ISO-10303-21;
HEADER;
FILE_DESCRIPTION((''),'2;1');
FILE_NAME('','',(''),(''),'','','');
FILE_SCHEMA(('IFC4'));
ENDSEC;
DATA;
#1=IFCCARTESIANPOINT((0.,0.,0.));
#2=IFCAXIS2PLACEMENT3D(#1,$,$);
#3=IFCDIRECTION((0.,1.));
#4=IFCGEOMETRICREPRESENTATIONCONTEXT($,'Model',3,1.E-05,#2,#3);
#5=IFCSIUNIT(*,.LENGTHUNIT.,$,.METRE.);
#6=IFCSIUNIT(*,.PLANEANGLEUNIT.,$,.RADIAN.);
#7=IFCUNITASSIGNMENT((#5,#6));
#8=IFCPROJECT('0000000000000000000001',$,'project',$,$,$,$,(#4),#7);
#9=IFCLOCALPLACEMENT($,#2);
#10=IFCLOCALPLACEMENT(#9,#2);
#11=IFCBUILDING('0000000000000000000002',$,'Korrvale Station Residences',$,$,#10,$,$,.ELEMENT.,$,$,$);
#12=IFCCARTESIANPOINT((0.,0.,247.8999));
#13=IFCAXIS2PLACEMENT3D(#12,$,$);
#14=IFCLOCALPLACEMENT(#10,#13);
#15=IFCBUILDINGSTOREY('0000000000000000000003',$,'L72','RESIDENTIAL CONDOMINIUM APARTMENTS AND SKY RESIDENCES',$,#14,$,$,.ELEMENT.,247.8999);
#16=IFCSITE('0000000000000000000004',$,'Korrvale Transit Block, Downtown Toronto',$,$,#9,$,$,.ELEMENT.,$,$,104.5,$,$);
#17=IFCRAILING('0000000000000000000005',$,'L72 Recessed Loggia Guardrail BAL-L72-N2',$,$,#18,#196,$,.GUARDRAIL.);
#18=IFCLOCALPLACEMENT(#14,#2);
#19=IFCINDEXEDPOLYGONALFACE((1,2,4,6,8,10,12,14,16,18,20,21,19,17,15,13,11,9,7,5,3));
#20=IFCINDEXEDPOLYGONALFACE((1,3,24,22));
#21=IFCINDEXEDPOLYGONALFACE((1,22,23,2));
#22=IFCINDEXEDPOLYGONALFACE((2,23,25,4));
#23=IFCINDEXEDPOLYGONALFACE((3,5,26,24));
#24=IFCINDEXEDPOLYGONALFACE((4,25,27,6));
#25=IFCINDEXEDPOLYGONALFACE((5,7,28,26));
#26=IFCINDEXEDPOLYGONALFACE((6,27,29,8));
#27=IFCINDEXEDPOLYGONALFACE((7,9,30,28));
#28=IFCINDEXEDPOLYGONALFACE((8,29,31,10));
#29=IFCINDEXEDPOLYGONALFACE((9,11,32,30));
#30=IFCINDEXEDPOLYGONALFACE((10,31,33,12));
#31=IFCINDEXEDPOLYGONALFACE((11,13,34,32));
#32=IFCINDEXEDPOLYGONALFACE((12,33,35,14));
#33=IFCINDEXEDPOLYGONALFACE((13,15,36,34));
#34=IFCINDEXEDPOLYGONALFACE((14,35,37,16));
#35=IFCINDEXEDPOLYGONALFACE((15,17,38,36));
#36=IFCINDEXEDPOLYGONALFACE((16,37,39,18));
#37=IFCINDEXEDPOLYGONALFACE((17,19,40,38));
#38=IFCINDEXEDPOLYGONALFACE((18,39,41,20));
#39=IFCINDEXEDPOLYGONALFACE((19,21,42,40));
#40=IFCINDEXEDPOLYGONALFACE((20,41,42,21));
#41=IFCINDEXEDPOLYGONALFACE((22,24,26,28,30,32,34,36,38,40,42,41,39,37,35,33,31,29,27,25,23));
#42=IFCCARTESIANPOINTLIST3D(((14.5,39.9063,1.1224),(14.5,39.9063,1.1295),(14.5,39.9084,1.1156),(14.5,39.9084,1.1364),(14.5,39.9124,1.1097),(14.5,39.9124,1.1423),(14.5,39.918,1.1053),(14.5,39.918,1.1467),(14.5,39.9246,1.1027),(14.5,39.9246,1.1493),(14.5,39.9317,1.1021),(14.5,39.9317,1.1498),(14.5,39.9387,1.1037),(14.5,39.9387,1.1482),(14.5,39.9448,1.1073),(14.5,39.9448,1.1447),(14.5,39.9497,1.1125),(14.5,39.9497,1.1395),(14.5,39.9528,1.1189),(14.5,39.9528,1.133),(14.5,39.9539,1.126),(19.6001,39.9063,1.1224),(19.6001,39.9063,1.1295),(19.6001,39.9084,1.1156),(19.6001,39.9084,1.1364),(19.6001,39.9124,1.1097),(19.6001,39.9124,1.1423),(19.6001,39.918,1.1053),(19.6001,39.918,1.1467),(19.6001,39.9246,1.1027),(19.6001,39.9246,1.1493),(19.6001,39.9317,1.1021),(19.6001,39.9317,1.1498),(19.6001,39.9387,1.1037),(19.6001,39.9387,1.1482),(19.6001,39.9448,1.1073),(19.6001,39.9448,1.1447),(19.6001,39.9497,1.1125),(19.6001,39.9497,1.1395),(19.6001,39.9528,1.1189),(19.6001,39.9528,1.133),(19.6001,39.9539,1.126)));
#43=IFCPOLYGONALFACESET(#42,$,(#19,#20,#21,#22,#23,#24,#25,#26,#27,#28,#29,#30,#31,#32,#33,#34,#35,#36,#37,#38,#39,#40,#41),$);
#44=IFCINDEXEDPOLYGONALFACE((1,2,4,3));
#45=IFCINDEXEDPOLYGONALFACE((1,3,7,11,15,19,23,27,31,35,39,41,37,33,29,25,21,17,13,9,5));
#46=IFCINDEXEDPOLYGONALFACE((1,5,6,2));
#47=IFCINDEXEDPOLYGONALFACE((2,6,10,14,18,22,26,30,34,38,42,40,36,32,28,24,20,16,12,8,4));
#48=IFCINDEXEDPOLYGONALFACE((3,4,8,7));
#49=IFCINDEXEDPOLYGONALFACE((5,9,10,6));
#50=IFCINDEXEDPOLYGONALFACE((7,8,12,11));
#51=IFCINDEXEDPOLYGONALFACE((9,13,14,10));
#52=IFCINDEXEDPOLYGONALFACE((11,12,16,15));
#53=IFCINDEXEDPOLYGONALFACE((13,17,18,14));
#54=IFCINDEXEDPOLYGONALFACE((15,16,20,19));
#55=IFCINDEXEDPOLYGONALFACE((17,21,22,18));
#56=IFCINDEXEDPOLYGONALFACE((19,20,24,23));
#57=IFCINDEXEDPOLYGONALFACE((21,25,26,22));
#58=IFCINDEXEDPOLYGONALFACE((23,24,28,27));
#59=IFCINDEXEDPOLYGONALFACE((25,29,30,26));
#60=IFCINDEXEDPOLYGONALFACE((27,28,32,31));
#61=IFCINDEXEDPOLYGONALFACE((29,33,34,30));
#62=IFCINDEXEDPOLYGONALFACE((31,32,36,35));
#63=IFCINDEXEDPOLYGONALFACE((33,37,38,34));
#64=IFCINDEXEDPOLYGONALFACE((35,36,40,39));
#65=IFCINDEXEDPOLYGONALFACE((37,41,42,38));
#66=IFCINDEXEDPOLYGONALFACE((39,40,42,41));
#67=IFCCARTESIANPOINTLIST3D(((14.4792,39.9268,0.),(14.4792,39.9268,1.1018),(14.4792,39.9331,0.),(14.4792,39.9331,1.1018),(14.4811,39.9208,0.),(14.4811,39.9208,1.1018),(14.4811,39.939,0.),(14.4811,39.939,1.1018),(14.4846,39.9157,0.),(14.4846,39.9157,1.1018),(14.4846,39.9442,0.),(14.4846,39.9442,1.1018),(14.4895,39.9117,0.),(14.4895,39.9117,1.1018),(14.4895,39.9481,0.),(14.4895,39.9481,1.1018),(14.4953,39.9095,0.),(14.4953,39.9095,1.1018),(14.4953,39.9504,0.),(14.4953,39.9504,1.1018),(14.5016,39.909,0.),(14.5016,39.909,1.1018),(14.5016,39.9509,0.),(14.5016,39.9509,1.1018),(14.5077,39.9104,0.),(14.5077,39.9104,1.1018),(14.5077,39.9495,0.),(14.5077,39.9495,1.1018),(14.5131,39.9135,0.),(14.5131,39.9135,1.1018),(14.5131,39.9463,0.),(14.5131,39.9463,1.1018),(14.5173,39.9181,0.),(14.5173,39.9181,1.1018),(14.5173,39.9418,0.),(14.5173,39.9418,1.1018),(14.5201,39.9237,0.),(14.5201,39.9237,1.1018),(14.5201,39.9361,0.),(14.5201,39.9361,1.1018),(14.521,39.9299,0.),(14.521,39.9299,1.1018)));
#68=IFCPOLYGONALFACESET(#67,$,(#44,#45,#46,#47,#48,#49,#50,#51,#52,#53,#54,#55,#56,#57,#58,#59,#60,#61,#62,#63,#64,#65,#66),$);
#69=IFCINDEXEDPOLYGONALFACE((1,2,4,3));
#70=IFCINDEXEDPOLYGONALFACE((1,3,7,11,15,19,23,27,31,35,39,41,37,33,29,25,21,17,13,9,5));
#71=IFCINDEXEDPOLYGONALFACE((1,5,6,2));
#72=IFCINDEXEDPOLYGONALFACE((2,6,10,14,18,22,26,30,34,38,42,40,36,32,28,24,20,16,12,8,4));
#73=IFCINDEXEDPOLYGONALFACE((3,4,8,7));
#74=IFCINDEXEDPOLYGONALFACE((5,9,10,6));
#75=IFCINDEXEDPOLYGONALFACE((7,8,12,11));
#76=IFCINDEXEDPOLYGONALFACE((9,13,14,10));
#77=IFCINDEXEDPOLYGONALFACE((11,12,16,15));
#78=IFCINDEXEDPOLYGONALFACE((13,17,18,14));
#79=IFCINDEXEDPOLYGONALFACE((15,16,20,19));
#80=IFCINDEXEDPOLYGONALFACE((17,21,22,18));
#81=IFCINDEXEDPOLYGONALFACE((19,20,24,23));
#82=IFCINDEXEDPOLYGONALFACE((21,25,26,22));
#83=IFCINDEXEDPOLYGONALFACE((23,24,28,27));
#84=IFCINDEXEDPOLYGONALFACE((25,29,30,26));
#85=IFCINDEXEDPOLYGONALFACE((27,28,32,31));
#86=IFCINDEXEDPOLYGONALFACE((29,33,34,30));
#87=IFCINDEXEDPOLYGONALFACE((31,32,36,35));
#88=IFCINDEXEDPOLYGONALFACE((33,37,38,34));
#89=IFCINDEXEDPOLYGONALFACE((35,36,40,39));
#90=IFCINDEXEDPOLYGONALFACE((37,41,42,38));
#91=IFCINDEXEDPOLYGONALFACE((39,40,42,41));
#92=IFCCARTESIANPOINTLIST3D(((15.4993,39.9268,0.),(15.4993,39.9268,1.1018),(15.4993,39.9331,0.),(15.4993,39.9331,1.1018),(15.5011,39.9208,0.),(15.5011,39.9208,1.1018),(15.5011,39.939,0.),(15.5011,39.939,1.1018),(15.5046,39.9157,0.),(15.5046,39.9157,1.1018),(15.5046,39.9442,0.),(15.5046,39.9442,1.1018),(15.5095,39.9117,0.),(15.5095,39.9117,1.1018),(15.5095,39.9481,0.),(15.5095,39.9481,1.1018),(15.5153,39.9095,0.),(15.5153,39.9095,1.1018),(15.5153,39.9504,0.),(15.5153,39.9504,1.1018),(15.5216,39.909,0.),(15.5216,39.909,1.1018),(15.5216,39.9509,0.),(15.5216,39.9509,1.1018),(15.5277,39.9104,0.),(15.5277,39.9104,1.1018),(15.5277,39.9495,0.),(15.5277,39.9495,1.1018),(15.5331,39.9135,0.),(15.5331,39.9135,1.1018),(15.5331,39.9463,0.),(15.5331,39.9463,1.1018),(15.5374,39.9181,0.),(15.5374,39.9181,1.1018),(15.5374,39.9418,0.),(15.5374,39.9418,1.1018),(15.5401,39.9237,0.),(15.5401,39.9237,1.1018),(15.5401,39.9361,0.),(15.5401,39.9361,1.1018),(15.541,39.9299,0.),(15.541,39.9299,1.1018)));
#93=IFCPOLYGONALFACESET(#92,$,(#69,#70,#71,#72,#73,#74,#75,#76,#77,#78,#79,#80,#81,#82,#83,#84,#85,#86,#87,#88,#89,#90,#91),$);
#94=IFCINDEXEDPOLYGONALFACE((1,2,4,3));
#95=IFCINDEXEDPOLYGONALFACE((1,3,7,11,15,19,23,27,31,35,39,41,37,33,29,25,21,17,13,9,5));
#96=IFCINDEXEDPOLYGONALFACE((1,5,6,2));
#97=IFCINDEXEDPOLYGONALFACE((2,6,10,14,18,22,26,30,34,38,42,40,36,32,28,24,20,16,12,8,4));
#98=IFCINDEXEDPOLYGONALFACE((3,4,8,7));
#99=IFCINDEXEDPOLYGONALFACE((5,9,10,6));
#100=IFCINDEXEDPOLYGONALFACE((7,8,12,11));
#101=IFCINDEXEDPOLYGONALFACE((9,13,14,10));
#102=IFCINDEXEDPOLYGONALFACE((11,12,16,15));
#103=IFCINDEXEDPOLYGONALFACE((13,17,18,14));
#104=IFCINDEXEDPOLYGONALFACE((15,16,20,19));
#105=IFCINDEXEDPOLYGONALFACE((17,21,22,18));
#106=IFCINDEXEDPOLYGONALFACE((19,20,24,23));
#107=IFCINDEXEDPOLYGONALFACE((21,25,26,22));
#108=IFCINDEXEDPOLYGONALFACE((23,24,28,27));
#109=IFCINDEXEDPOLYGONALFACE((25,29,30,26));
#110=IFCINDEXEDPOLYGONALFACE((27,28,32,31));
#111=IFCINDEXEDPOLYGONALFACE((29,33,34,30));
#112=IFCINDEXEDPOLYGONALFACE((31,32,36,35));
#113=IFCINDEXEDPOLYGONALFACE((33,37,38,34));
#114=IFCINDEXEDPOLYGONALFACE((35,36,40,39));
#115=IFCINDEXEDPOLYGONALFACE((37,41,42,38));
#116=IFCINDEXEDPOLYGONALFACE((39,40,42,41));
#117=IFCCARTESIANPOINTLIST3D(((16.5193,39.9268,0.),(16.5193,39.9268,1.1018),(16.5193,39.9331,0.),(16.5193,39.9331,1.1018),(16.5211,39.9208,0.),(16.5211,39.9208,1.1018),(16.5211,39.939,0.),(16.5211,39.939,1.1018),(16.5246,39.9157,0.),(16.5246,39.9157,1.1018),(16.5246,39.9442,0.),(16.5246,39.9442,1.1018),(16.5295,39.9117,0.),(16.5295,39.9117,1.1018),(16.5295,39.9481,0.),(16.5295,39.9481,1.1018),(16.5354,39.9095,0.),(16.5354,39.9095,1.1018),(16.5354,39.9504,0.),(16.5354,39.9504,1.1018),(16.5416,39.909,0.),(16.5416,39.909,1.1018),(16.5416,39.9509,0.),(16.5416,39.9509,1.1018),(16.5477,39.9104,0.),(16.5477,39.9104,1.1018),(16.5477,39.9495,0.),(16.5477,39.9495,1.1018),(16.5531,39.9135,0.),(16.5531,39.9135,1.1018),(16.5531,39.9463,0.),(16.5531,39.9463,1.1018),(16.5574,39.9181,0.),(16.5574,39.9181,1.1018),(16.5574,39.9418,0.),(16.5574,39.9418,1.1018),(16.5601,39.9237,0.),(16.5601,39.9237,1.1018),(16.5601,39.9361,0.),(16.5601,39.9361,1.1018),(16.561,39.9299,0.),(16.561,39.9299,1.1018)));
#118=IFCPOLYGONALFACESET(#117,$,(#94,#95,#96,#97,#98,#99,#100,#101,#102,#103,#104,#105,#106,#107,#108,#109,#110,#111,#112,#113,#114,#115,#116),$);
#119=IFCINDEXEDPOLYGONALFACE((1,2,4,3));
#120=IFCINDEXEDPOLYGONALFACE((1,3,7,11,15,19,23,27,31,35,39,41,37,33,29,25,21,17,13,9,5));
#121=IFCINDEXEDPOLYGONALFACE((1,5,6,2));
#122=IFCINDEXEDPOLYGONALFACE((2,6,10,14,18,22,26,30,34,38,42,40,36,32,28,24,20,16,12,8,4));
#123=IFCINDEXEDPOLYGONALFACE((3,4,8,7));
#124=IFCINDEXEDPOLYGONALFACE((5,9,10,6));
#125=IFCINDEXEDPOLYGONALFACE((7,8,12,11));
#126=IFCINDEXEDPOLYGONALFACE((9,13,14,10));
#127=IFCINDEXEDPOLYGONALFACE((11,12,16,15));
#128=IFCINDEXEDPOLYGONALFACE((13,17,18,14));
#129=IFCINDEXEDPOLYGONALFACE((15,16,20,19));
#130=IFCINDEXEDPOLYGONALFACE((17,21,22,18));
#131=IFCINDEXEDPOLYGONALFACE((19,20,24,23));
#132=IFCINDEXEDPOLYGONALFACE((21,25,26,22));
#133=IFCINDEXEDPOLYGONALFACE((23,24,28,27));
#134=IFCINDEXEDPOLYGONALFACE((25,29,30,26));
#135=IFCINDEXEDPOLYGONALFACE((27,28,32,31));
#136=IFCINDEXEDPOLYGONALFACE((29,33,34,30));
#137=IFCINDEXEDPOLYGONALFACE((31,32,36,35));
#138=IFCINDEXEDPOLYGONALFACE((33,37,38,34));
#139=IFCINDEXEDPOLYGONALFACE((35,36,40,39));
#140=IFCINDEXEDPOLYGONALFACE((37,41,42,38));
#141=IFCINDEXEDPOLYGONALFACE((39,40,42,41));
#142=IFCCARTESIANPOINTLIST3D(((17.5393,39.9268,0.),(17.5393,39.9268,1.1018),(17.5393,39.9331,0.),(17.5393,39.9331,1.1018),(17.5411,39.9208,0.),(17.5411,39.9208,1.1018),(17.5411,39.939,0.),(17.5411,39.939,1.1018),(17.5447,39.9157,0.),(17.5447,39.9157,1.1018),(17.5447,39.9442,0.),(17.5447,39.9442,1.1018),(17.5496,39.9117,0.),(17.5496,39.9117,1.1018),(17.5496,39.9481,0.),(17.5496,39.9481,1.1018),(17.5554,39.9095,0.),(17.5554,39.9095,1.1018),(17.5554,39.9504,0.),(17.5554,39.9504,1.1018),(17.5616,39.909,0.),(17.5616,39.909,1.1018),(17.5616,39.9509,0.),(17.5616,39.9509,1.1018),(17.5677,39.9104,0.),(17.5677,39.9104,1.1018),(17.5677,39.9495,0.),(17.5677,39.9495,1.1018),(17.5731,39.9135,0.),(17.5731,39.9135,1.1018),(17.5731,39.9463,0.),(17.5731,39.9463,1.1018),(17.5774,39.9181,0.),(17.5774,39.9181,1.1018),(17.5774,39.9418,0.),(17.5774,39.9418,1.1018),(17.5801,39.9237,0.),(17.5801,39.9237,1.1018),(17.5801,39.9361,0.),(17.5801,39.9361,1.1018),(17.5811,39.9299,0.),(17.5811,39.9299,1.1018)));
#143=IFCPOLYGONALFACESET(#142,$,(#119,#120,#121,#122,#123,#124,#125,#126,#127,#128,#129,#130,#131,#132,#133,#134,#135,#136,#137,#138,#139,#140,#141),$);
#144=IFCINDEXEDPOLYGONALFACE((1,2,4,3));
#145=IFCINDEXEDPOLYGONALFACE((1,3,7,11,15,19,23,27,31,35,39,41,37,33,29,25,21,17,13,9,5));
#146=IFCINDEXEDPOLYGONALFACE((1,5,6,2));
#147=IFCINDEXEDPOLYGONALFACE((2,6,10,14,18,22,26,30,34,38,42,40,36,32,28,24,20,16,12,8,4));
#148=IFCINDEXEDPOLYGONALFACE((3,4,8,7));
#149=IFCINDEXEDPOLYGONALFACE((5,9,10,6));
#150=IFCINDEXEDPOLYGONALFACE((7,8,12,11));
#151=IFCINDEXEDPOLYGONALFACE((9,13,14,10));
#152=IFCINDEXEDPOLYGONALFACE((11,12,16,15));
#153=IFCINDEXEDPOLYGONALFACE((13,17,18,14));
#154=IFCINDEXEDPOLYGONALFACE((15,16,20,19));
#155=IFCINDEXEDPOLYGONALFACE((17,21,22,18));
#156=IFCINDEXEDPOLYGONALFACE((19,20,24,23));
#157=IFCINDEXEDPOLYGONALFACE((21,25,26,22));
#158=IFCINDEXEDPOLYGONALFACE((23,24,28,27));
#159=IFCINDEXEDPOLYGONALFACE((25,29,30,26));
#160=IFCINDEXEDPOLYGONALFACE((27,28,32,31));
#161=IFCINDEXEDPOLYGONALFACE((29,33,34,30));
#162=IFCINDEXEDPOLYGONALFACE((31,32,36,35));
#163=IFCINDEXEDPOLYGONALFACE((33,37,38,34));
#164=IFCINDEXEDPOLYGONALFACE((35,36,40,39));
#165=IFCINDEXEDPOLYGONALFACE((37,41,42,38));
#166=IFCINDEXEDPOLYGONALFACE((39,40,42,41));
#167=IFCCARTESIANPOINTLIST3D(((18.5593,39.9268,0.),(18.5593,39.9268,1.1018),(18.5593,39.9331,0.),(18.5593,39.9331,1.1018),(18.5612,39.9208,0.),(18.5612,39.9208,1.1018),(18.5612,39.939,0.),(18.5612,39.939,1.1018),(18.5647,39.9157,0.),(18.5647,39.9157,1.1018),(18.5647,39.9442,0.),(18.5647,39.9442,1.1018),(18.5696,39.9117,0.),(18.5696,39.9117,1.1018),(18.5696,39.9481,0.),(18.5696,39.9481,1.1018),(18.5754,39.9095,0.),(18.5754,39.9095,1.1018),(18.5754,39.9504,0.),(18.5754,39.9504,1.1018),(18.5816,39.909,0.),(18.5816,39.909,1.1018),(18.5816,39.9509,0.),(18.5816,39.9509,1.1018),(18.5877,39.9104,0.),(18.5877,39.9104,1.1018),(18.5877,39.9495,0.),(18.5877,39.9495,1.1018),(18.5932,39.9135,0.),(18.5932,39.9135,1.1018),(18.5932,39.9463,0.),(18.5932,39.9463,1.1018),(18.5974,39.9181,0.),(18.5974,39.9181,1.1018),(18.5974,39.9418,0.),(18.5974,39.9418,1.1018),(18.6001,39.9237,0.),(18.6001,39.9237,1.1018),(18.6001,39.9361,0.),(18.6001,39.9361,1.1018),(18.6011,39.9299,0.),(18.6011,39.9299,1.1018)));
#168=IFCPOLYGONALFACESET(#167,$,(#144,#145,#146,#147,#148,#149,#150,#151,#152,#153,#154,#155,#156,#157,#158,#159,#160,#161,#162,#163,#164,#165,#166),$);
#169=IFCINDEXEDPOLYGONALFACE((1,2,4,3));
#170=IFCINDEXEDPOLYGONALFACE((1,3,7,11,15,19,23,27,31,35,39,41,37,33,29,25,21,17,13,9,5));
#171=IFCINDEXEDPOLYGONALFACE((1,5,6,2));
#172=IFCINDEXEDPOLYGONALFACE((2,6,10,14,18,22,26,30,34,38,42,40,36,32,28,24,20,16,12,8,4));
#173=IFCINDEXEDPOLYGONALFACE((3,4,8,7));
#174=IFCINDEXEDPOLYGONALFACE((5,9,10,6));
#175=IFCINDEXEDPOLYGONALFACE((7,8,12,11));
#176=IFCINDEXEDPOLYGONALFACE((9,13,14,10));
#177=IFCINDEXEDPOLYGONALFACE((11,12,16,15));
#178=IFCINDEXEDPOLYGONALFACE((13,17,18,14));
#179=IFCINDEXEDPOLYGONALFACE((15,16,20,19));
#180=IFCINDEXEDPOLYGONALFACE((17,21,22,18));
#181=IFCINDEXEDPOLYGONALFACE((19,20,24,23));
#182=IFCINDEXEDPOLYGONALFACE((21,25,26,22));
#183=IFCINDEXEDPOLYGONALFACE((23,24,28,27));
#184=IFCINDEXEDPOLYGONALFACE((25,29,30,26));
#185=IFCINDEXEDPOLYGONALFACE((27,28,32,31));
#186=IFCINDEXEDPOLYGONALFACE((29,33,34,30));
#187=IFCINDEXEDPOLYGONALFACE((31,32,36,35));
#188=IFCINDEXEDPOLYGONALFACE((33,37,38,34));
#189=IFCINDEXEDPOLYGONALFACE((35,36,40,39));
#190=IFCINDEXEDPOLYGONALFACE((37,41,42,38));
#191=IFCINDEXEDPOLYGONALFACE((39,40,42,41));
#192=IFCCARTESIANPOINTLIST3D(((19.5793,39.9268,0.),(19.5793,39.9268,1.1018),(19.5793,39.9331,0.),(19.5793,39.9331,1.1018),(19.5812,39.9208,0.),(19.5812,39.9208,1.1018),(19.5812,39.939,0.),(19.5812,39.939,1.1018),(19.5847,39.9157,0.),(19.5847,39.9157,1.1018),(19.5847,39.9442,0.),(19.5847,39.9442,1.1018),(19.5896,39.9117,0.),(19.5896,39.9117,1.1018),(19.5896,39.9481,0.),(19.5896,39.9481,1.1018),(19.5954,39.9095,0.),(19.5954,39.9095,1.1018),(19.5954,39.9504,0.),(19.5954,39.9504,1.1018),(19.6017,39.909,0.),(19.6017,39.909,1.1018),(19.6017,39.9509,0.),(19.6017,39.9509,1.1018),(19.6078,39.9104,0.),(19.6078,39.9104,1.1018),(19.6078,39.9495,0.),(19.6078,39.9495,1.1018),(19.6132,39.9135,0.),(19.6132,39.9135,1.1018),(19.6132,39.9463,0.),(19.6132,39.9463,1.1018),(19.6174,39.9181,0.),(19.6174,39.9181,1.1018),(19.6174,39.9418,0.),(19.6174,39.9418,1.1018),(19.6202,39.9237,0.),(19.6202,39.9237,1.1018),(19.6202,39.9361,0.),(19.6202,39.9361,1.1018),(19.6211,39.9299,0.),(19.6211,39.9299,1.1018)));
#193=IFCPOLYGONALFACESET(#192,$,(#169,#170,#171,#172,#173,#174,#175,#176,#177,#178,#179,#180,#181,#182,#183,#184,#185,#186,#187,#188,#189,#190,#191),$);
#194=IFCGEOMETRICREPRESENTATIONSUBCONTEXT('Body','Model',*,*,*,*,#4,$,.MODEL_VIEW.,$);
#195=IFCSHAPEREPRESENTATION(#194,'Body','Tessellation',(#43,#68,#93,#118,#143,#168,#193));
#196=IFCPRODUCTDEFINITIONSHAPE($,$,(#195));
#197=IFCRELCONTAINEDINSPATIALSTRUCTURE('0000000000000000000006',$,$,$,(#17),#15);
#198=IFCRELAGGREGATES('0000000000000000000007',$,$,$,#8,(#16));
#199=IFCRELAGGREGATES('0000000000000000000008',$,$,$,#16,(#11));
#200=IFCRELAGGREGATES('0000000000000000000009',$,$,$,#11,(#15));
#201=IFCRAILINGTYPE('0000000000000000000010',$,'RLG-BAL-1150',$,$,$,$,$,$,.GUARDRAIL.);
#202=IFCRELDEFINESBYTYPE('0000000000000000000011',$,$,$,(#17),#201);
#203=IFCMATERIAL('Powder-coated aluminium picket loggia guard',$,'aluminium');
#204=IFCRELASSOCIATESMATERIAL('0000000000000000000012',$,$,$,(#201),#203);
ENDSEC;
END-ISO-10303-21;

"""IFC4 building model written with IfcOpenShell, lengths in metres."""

from ifc_helpers import new_model, si_unit, direction, frame, origin, origin_2d, place, context, subcontext, project, spatial, circle, extrude, material, type_object, element, save


model = new_model("IFC4")

# Units and contexts
model_context = context("Model", 3, precision=1e-05, world=origin(), true_north=direction((0.0, 1.0)))
body_context = subcontext(model_context, "Body", "Model", "MODEL_VIEW")
ifc_project = project(units=[si_unit("LENGTHUNIT", "METRE"), si_unit("PLANEANGLEUNIT", "RADIAN")], contexts=[model_context])

# Site, building, storey
site_placement = place(None, origin())
site = spatial("IfcSite", under=ifc_project, at=site_placement, Name="Korrvale Transit Block, Downtown Toronto", CompositionType="ELEMENT", RefElevation=104.5)
building_placement = place(site_placement, origin())
building = spatial("IfcBuilding", under=site, at=building_placement, Name="Korrvale Station Residences", CompositionType="ELEMENT")
storey_placement = place(building_placement, frame((0.0, 0.0, 247.8999)))
storey = spatial("IfcBuildingStorey", under=building, at=storey_placement, Name="L72", Description="RESIDENTIAL CONDOMINIUM APARTMENTS AND SKY RESIDENCES", CompositionType="ELEMENT", Elevation=247.8999)

# Railing
ifc_material_1 = material(Name="Powder-coated aluminium picket loggia guard", Category="aluminium")
railing_type = type_object("IfcRailingType", Name="RLG-BAL-1150", PredefinedType="GUARDRAIL", material=ifc_material_1)
railing_placement = place(storey_placement, frame((14.5, 39.9299, 0.0)))
element("IfcRailing", 1, at=railing_placement, inside=storey, type_object=railing_type, Name="L72 Recessed Loggia Guardrail BAL-L72-N2", PredefinedType="GUARDRAIL", context=body_context, shape_type="SweptSolid", body=[
    extrude(circle(Radius=0.0239, at=origin_2d()), frame((0.0, 0.0, 1.126), z_axis=(1.0, 0.0, 0.0), x_axis=(0.0, 1.0, 0.0)), (0.0, 0.0, 1.0), 5.1001),
    extrude(circle(Radius=0.021, at=origin_2d()), origin(), (0.0, 0.0, 1.0), 1.1018),
    extrude(circle(Radius=0.021, at=origin_2d()), frame((1.02, 0.0, 0.0)), (0.0, 0.0, 1.0), 1.1018),
    extrude(circle(Radius=0.021, at=origin_2d()), frame((2.04, 0.0, 0.0)), (0.0, 0.0, 1.0), 1.1018),
    extrude(circle(Radius=0.021, at=origin_2d()), frame((3.0601, 0.0, 0.0)), (0.0, 0.0, 1.0), 1.1018),
    extrude(circle(Radius=0.021, at=origin_2d()), frame((4.0801, 0.0, 0.0)), (0.0, 0.0, 1.0), 1.1018),
    extrude(circle(Radius=0.021, at=origin_2d()), frame((5.1001, 0.0, 0.0)), (0.0, 0.0, 1.0), 1.1018),
])

save(model, "model.ifc")
